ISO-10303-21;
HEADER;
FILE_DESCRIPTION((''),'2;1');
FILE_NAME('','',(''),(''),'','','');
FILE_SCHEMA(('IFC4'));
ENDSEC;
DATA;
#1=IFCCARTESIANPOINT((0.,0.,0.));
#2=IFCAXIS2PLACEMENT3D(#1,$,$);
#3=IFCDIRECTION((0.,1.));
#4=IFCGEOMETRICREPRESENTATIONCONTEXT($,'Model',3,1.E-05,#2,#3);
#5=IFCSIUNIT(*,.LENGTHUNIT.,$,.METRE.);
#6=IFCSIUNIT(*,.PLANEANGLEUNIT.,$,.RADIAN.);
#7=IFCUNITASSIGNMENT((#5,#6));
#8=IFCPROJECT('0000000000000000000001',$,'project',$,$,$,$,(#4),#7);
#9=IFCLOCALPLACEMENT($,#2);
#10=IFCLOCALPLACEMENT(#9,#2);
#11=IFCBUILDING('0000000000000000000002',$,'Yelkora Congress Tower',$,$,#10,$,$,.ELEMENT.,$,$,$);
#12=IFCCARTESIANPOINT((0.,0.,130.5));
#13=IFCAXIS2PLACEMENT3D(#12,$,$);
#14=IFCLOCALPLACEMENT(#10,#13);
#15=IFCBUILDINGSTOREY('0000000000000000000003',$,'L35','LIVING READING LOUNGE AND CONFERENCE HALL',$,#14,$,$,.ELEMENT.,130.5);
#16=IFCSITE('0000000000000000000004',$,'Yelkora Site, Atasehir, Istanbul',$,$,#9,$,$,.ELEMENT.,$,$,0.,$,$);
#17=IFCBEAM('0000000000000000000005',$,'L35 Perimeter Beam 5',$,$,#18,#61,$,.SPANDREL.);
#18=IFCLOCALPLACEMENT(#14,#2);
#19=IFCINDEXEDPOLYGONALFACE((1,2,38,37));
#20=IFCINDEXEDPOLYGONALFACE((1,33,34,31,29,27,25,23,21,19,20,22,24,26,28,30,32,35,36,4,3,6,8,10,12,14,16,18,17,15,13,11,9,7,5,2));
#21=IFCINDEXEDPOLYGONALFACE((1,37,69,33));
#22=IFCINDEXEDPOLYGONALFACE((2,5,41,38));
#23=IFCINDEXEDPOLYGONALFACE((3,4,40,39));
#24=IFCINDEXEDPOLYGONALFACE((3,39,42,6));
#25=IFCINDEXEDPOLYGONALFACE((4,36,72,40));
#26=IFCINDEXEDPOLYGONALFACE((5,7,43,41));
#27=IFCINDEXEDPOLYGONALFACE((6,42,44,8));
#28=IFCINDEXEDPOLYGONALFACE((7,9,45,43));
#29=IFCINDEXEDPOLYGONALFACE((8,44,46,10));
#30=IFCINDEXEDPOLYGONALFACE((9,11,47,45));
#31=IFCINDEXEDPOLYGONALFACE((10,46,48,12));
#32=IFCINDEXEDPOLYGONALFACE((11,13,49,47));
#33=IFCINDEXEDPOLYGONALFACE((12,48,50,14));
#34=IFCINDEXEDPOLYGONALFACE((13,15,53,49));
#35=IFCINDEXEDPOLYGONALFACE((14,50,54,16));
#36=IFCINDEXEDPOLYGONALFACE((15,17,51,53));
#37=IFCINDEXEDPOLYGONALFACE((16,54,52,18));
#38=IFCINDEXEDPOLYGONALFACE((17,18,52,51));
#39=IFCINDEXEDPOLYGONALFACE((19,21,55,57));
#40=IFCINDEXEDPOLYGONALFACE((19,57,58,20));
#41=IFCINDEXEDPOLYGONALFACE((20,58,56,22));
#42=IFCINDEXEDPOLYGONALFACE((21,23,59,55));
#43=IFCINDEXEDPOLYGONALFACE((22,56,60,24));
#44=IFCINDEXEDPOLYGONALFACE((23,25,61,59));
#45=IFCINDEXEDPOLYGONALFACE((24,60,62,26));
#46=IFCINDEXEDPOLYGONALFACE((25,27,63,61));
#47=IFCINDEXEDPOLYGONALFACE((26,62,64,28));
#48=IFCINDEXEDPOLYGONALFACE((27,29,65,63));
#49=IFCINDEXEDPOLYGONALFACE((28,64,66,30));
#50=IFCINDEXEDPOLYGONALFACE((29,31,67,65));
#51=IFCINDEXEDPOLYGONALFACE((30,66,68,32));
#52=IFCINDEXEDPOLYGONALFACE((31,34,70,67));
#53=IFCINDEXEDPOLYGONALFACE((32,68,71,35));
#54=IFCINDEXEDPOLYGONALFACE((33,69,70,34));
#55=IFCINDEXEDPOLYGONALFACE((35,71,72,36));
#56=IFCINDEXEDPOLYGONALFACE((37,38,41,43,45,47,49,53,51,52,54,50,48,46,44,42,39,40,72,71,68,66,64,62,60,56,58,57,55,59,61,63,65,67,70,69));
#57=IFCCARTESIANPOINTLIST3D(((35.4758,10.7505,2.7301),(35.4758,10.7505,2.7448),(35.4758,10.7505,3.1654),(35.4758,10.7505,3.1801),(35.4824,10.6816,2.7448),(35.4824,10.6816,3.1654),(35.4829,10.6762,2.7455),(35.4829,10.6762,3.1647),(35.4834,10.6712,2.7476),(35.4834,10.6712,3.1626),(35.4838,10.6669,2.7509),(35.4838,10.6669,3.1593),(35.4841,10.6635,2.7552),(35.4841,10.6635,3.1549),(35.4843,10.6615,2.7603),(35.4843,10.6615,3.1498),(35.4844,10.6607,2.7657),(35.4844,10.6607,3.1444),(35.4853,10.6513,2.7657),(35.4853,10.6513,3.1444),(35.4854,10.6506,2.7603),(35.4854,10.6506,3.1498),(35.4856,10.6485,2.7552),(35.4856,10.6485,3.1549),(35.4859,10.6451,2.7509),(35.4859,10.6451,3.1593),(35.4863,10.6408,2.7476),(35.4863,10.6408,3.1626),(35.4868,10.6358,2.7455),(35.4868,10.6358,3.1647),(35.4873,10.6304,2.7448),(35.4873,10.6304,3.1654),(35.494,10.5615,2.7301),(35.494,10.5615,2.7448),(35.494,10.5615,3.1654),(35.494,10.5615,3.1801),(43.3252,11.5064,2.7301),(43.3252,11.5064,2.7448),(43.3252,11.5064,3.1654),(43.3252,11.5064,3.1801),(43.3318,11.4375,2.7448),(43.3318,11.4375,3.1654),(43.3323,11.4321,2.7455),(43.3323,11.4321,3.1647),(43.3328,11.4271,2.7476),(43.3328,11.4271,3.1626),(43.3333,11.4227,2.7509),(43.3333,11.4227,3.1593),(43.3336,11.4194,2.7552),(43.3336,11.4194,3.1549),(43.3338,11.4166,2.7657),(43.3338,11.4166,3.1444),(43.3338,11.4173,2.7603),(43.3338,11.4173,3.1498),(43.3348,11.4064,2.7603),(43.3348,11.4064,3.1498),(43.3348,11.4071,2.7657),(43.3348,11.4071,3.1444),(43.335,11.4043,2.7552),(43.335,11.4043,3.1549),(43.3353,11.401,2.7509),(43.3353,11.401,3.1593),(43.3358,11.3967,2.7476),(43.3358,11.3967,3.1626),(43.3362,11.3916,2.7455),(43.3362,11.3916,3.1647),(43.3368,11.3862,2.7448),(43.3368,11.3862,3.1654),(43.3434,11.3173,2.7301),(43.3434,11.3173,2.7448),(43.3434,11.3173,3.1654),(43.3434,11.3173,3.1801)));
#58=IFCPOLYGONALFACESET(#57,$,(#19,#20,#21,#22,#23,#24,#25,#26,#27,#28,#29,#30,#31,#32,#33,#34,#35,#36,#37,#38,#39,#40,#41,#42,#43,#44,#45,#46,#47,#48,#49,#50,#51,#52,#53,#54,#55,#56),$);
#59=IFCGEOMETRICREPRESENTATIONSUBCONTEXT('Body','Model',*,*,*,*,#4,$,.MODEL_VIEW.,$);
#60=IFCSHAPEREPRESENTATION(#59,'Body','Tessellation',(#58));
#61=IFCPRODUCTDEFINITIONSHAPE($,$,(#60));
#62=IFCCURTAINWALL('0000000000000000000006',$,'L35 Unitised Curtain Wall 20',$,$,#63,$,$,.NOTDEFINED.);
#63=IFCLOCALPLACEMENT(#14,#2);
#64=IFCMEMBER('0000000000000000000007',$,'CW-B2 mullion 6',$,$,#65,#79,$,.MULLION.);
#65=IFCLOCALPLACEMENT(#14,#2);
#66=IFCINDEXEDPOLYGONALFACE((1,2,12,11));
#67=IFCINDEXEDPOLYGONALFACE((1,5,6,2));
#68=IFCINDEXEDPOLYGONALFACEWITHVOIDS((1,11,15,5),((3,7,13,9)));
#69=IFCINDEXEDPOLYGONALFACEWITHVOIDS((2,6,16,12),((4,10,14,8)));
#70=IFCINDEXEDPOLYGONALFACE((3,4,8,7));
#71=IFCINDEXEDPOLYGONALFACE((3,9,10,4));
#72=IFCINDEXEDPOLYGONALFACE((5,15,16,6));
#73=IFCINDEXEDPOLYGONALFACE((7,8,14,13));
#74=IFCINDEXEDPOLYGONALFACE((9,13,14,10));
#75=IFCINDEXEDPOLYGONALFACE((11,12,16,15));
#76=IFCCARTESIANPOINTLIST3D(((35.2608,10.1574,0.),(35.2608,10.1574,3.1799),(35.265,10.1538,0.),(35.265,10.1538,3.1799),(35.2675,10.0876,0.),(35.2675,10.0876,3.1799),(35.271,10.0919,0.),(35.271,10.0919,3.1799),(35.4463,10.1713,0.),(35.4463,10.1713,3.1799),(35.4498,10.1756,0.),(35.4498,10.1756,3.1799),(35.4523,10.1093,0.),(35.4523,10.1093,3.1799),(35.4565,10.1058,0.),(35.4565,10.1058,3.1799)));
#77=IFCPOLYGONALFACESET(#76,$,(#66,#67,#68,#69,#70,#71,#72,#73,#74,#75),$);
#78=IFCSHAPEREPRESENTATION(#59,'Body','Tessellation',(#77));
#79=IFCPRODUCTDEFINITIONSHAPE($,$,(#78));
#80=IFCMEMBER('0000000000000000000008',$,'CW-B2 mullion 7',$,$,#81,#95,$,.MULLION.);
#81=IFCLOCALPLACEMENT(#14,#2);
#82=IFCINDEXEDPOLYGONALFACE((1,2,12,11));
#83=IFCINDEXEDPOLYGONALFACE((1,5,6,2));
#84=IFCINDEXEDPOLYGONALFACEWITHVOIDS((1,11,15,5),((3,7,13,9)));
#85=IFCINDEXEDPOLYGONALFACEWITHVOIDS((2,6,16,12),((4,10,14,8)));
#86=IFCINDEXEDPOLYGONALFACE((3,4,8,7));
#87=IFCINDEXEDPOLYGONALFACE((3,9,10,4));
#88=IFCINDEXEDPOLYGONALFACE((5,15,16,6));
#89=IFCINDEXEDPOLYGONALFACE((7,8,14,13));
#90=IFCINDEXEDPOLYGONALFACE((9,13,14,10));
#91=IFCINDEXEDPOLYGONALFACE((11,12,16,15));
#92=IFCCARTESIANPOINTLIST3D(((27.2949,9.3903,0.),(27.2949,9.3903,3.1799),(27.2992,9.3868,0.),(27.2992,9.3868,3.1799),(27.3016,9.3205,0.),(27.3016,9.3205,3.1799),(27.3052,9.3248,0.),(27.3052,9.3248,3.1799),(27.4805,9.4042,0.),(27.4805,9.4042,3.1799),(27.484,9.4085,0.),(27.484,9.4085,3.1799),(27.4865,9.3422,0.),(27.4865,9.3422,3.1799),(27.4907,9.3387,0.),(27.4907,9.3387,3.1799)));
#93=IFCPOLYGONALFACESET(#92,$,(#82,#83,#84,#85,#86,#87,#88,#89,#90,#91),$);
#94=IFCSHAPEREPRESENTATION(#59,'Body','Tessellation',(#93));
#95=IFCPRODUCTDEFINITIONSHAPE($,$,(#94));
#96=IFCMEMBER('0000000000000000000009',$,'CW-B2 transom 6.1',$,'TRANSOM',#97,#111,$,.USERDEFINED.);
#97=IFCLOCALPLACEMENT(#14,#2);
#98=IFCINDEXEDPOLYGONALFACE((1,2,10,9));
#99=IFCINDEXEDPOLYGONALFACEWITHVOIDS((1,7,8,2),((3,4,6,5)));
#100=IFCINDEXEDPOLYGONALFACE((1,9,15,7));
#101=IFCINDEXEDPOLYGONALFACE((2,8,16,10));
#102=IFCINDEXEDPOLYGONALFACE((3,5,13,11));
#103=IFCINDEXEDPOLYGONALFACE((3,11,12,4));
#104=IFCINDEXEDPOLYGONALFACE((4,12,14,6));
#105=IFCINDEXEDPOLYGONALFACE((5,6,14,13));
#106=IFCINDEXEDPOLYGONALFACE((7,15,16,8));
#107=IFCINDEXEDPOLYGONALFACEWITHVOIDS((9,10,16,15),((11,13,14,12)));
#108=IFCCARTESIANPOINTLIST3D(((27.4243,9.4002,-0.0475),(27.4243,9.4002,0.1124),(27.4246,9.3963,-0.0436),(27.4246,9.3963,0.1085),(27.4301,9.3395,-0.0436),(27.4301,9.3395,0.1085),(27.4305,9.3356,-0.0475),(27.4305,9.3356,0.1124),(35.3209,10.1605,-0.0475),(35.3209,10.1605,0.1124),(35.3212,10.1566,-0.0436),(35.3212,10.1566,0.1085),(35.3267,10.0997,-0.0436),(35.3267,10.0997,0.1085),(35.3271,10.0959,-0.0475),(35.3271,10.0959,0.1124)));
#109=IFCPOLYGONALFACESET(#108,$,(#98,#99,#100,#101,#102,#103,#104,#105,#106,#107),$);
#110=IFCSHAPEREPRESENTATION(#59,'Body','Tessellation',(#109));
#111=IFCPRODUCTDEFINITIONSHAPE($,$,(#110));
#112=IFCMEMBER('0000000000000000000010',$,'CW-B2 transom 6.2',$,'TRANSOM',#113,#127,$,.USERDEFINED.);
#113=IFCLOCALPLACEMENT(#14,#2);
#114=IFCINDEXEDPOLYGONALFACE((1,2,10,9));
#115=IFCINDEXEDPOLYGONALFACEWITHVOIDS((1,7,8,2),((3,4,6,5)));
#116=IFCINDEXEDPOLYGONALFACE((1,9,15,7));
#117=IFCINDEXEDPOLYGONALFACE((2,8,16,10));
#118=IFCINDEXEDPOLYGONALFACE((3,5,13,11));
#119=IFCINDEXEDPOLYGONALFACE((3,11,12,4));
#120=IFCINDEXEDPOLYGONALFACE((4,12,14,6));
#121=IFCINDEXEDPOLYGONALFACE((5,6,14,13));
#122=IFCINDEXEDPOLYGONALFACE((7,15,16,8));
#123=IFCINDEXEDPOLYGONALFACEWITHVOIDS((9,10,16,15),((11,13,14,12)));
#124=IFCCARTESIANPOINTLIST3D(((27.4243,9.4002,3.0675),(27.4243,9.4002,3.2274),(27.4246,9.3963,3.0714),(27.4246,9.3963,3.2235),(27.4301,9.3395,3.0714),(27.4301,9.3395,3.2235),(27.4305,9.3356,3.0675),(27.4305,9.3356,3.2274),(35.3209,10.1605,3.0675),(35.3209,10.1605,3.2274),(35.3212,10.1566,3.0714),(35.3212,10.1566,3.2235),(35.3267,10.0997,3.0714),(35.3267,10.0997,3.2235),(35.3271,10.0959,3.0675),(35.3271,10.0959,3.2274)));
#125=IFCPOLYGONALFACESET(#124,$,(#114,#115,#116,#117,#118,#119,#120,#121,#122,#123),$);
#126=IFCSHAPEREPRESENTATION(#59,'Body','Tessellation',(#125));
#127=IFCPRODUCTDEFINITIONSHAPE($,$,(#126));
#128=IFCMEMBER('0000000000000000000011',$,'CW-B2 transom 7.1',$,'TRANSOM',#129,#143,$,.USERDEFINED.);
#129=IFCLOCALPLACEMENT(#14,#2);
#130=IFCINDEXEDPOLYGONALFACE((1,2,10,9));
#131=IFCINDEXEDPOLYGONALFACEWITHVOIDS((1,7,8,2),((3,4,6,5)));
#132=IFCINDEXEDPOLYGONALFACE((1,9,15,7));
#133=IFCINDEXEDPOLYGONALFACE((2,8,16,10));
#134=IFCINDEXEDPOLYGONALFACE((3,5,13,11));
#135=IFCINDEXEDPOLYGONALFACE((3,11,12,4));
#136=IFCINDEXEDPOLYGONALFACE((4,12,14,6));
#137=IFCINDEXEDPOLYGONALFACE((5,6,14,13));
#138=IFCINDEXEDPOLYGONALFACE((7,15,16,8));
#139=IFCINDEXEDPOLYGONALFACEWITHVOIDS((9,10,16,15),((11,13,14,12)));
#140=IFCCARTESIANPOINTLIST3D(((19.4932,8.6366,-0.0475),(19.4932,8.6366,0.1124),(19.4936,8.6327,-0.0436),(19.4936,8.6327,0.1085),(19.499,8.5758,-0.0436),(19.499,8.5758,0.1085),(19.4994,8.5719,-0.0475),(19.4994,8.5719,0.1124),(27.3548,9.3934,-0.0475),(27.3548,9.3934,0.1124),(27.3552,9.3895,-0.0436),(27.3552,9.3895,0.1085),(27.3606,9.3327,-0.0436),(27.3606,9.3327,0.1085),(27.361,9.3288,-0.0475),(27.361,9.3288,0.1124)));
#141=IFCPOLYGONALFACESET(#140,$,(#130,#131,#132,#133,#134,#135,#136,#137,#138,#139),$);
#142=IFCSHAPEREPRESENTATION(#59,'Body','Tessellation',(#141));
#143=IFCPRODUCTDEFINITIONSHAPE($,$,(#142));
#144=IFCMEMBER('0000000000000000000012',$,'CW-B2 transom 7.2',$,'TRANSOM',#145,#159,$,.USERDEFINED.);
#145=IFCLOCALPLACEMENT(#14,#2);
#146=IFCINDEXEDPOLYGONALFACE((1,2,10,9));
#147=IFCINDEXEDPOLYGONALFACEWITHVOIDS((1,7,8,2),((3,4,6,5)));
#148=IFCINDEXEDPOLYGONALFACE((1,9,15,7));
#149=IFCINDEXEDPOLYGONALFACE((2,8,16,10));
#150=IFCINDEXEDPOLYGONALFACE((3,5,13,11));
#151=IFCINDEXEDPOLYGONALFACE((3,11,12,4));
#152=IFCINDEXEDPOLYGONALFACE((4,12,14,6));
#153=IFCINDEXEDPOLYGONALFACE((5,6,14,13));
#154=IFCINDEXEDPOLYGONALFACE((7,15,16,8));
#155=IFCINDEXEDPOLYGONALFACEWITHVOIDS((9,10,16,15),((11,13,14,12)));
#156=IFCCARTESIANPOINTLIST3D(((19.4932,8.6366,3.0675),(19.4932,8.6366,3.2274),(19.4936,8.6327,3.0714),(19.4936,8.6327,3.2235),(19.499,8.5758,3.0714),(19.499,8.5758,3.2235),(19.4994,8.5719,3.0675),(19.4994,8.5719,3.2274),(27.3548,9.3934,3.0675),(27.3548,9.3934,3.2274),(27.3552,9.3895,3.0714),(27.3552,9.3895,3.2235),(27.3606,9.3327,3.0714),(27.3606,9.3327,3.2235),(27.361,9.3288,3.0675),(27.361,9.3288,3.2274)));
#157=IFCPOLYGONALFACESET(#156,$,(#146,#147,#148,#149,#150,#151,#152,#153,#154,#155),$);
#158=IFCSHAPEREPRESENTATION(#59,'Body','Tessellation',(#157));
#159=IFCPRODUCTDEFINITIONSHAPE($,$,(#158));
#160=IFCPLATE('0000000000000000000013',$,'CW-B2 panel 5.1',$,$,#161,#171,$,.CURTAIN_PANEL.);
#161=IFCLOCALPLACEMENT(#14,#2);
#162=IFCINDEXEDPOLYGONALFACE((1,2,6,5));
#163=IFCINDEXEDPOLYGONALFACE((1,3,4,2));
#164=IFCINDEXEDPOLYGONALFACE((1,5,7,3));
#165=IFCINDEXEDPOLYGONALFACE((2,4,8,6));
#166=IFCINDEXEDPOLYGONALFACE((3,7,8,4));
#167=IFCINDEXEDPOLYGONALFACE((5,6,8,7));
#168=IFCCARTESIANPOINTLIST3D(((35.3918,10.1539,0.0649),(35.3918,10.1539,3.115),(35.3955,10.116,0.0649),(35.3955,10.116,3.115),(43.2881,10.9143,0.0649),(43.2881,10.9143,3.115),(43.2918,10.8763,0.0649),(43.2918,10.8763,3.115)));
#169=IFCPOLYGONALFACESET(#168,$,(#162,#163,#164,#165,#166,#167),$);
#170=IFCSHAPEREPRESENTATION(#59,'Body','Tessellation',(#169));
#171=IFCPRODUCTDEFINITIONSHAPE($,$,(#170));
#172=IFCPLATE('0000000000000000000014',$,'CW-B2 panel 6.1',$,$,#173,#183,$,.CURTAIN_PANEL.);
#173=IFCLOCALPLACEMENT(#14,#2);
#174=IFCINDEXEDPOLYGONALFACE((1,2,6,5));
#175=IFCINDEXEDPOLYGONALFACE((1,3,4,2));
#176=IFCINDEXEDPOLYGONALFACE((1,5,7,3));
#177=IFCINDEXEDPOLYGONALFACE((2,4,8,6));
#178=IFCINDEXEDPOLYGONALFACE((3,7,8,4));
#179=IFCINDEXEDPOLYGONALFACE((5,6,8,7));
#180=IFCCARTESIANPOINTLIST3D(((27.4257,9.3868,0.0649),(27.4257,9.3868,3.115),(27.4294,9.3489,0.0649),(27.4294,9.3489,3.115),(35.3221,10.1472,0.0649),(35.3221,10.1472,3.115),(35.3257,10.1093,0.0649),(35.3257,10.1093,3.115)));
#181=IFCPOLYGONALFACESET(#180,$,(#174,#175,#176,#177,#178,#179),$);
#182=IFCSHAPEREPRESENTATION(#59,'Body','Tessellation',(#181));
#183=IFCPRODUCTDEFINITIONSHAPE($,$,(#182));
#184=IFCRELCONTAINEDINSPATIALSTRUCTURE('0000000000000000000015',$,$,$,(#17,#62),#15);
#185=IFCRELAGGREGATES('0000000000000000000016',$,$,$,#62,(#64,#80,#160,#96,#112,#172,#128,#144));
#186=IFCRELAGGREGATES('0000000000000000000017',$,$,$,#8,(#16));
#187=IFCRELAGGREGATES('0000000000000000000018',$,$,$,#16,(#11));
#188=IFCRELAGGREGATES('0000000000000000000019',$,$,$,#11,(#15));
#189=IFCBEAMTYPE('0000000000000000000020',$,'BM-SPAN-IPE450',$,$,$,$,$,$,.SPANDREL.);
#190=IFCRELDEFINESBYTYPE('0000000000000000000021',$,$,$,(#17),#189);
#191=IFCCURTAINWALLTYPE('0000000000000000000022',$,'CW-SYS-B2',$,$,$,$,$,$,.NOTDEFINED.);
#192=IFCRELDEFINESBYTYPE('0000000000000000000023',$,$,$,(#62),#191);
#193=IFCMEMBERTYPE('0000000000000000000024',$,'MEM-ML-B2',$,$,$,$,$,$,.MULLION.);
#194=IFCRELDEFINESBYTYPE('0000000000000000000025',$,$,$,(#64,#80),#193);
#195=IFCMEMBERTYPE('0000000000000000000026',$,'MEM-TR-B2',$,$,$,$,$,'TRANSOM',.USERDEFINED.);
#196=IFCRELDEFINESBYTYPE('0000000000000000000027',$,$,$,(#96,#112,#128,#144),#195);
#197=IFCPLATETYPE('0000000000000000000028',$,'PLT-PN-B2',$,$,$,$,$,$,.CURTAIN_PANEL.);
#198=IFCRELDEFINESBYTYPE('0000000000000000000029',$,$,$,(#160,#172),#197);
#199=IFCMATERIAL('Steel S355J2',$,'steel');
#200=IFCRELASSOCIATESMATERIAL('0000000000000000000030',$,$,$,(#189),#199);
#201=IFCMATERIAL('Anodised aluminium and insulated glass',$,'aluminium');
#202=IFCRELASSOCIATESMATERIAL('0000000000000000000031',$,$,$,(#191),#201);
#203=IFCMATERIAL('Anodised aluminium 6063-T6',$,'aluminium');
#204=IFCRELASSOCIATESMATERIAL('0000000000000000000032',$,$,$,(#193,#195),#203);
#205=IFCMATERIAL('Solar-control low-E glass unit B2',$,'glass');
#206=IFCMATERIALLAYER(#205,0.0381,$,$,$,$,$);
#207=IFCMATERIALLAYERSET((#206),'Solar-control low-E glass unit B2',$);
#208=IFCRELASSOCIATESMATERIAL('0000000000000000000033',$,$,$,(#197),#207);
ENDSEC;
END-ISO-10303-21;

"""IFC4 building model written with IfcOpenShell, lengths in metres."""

from ifc_helpers import new_model, si_unit, direction, frame, origin, origin_2d, place, context, subcontext, project, spatial, rectangle, hollow_rectangle, i_section, extrude, material, layer, layer_set, material_profile, profile_set, type_object, element, aggregate, save


model = new_model("IFC4")

# Units and contexts
model_context = context("Model", 3, precision=1e-05, world=origin(), true_north=direction((0.0, 1.0)))
body_context = subcontext(model_context, "Body", "Model", "MODEL_VIEW")
ifc_project = project(units=[si_unit("LENGTHUNIT", "METRE"), si_unit("PLANEANGLEUNIT", "RADIAN")], contexts=[model_context])

# Site, building, storey
site_placement = place(None, origin())
site = spatial("IfcSite", under=ifc_project, at=site_placement, Name="Yelkora Site, Atasehir, Istanbul", CompositionType="ELEMENT", RefElevation=0.0)
building_placement = place(site_placement, origin())
building = spatial("IfcBuilding", under=site, at=building_placement, Name="Yelkora Congress Tower", CompositionType="ELEMENT")
storey_placement = place(building_placement, frame((0.0, 0.0, 130.5)))
storey = spatial("IfcBuildingStorey", under=building, at=storey_placement, Name="L35", Description="LIVING READING LOUNGE AND CONFERENCE HALL", CompositionType="ELEMENT", Elevation=130.5)

# Beam
ifc_material_1 = material(Name="Steel S355J2", Category="steel")
ifc_material_profile_1 = material_profile(ifc_material_1, i_section(OverallWidth=0.1899, OverallDepth=0.45, WebThickness=0.0095, FlangeThickness=0.0146, FilletRadius=0.021, at=origin_2d()), Name="IPE 450")
ifc_profile_set_1 = profile_set([ifc_material_profile_1], Name="Steel S355J2")
beam_type_1 = type_object("IfcBeamType", Name="BM-SPAN-IPE450", PredefinedType="SPANDREL", material=ifc_profile_set_1)
for number, where, z_axis, x_axis, name in (
    (1, (35.4849, 10.656, 2.9551), (0.995396, 0.095852, 0.0), (-0.095852, 0.995396, 0.0), "L35 Perimeter Beam 5"),
):
    element("IfcBeam", number, at=place(storey_placement, frame(where, z_axis=z_axis, x_axis=x_axis)), inside=storey, type_object=beam_type_1, Name=name, PredefinedType="SPANDREL", context=body_context, shape_type="SweptSolid", body=[
        extrude(i_section(OverallWidth=0.1899, OverallDepth=0.45, WebThickness=0.0095, FlangeThickness=0.0146, FilletRadius=0.021, at=origin_2d()), origin(), (0.0, 0.0, 1.0), 7.8857),
    ])

# Curtain wall, members, plates
ifc_material_2 = material(Name="Anodised aluminium and insulated glass", Category="aluminium")
curtain_wall_type = type_object("IfcCurtainWallType", Name="CW-SYS-B2", PredefinedType="NOTDEFINED", material=ifc_material_2)
curtain_wall_placement = place(storey_placement, origin())
curtain_wall = element("IfcCurtainWall", 2, at=curtain_wall_placement, inside=storey, type_object=curtain_wall_type, Name="L35 Unitised Curtain Wall 20", PredefinedType="NOTDEFINED")
ifc_material_3 = material(Name="Anodised aluminium 6063-T6", Category="aluminium")
ifc_material_profile_2 = material_profile(ifc_material_3, hollow_rectangle(XDim=0.0701, YDim=0.1899, WallThickness=0.0039, at=origin_2d()), Name="ALU 70x190x4")
ifc_profile_set_2 = profile_set([ifc_material_profile_2], Name="Anodised aluminium 6063-T6")
member_type_1 = type_object("IfcMemberType", Name="MEM-ML-B2", PredefinedType="MULLION", material=ifc_profile_set_2)
member_1_placement = place(storey_placement, frame((35.3586, 10.1316, 0.0), z_axis=(0.0, 0.0, 1.0), x_axis=(0.095844, -0.995396, 0.0)))
member_1 = element("IfcMember", 3, at=member_1_placement, type_object=member_type_1, Name="CW-B2 mullion 6", PredefinedType="MULLION", context=body_context, shape_type="SweptSolid", body=[
    extrude(hollow_rectangle(XDim=0.0701, YDim=0.1899, WallThickness=0.0039, at=origin_2d()), origin(), (0.0, 0.0, 1.0), 3.1799),
])
member_2_placement = place(storey_placement, frame((27.3928, 9.3645, 0.0), z_axis=(0.0, 0.0, 1.0), x_axis=(0.095844, -0.995396, 0.0)))
member_2 = element("IfcMember", 4, at=member_2_placement, type_object=member_type_1, Name="CW-B2 mullion 7", PredefinedType="MULLION", context=body_context, shape_type="SweptSolid", body=[
    extrude(hollow_rectangle(XDim=0.0701, YDim=0.1899, WallThickness=0.0039, at=origin_2d()), origin(), (0.0, 0.0, 1.0), 3.1799),
])
ifc_material_profile_3 = material_profile(ifc_material_3, hollow_rectangle(XDim=0.0649, YDim=0.1599, WallThickness=0.0039, at=origin_2d()), Name="ALU 65x160x4")
ifc_profile_set_3 = profile_set([ifc_material_profile_3], Name="Anodised aluminium 6063-T6")
member_type_2 = type_object("IfcMemberType", Name="MEM-TR-B2", ElementType="TRANSOM", PredefinedType="USERDEFINED", material=ifc_profile_set_3)
member_3_placement = place(storey_placement, frame((35.324, 10.1282, 0.0325), z_axis=(-0.995397, -0.095834, 0.0), x_axis=(0.095834, -0.995397, 0.0)))
member_3 = element("IfcMember", 5, at=member_3_placement, type_object=member_type_2, Name="CW-B2 transom 6.1", ObjectType="TRANSOM", PredefinedType="USERDEFINED", context=body_context, shape_type="SweptSolid", body=[
    extrude(hollow_rectangle(XDim=0.0649, YDim=0.1599, WallThickness=0.0039, at=origin_2d()), origin(), (0.0, 0.0, 1.0), 7.9331),
])
member_4_placement = place(storey_placement, frame((35.324, 10.1282, 3.1475), z_axis=(-0.995397, -0.095834, 0.0), x_axis=(0.095834, -0.995397, 0.0)))
member_4 = element("IfcMember", 6, at=member_4_placement, type_object=member_type_2, Name="CW-B2 transom 6.2", ObjectType="TRANSOM", PredefinedType="USERDEFINED", context=body_context, shape_type="SweptSolid", body=[
    extrude(hollow_rectangle(XDim=0.0649, YDim=0.1599, WallThickness=0.0039, at=origin_2d()), origin(), (0.0, 0.0, 1.0), 7.9331),
])
member_5_placement = place(storey_placement, frame((27.3579, 9.3611, 0.0325), z_axis=(-0.995398, -0.095827, 0.0), x_axis=(0.095827, -0.995398, 0.0)))
member_5 = element("IfcMember", 7, at=member_5_placement, type_object=member_type_2, Name="CW-B2 transom 7.1", ObjectType="TRANSOM", PredefinedType="USERDEFINED", context=body_context, shape_type="SweptSolid", body=[
    extrude(hollow_rectangle(XDim=0.0649, YDim=0.1599, WallThickness=0.0039, at=origin_2d()), origin(), (0.0, 0.0, 1.0), 7.8979),
])
member_6_placement = place(storey_placement, frame((27.3579, 9.3611, 3.1475), z_axis=(-0.995398, -0.095827, 0.0), x_axis=(0.095827, -0.995398, 0.0)))
member_6 = element("IfcMember", 8, at=member_6_placement, type_object=member_type_2, Name="CW-B2 transom 7.2", ObjectType="TRANSOM", PredefinedType="USERDEFINED", context=body_context, shape_type="SweptSolid", body=[
    extrude(hollow_rectangle(XDim=0.0649, YDim=0.1599, WallThickness=0.0039, at=origin_2d()), origin(), (0.0, 0.0, 1.0), 7.8979),
])
ifc_material_4 = material(Name="Solar-control low-E glass unit B2", Category="glass")
ifc_layer_1 = layer(ifc_material_4, 0.0381)
ifc_layer_set_1 = layer_set([ifc_layer_1], Name="Solar-control low-E glass unit B2")
plate_type = type_object("IfcPlateType", Name="PLT-PN-B2", PredefinedType="CURTAIN_PANEL", material=ifc_layer_set_1)
plate_1_placement = place(storey_placement, frame((39.3418, 10.5151, 0.0649), z_axis=(0.0, 0.0, 1.0), x_axis=(-0.995396, -0.095844, 0.0)))
plate_1 = element("IfcPlate", 9, at=plate_1_placement, type_object=plate_type, Name="CW-B2 panel 5.1", PredefinedType="CURTAIN_PANEL", context=body_context, shape_type="SweptSolid", body=[
    extrude(rectangle(XDim=7.9329, YDim=0.0381, at=origin_2d()), origin(), (0.0, 0.0, 1.0), 3.05),
])
plate_2_placement = place(storey_placement, frame((31.3757, 9.748, 0.0649), z_axis=(0.0, 0.0, 1.0), x_axis=(-0.995396, -0.095844, 0.0)))
plate_2 = element("IfcPlate", 10, at=plate_2_placement, type_object=plate_type, Name="CW-B2 panel 6.1", PredefinedType="CURTAIN_PANEL", context=body_context, shape_type="SweptSolid", body=[
    extrude(rectangle(XDim=7.9329, YDim=0.0381, at=origin_2d()), origin(), (0.0, 0.0, 1.0), 3.05),
])
aggregate(curtain_wall, [member_1, member_2, plate_1, member_3, member_4, plate_2, member_5, member_6])

save(model, "model.ifc")
